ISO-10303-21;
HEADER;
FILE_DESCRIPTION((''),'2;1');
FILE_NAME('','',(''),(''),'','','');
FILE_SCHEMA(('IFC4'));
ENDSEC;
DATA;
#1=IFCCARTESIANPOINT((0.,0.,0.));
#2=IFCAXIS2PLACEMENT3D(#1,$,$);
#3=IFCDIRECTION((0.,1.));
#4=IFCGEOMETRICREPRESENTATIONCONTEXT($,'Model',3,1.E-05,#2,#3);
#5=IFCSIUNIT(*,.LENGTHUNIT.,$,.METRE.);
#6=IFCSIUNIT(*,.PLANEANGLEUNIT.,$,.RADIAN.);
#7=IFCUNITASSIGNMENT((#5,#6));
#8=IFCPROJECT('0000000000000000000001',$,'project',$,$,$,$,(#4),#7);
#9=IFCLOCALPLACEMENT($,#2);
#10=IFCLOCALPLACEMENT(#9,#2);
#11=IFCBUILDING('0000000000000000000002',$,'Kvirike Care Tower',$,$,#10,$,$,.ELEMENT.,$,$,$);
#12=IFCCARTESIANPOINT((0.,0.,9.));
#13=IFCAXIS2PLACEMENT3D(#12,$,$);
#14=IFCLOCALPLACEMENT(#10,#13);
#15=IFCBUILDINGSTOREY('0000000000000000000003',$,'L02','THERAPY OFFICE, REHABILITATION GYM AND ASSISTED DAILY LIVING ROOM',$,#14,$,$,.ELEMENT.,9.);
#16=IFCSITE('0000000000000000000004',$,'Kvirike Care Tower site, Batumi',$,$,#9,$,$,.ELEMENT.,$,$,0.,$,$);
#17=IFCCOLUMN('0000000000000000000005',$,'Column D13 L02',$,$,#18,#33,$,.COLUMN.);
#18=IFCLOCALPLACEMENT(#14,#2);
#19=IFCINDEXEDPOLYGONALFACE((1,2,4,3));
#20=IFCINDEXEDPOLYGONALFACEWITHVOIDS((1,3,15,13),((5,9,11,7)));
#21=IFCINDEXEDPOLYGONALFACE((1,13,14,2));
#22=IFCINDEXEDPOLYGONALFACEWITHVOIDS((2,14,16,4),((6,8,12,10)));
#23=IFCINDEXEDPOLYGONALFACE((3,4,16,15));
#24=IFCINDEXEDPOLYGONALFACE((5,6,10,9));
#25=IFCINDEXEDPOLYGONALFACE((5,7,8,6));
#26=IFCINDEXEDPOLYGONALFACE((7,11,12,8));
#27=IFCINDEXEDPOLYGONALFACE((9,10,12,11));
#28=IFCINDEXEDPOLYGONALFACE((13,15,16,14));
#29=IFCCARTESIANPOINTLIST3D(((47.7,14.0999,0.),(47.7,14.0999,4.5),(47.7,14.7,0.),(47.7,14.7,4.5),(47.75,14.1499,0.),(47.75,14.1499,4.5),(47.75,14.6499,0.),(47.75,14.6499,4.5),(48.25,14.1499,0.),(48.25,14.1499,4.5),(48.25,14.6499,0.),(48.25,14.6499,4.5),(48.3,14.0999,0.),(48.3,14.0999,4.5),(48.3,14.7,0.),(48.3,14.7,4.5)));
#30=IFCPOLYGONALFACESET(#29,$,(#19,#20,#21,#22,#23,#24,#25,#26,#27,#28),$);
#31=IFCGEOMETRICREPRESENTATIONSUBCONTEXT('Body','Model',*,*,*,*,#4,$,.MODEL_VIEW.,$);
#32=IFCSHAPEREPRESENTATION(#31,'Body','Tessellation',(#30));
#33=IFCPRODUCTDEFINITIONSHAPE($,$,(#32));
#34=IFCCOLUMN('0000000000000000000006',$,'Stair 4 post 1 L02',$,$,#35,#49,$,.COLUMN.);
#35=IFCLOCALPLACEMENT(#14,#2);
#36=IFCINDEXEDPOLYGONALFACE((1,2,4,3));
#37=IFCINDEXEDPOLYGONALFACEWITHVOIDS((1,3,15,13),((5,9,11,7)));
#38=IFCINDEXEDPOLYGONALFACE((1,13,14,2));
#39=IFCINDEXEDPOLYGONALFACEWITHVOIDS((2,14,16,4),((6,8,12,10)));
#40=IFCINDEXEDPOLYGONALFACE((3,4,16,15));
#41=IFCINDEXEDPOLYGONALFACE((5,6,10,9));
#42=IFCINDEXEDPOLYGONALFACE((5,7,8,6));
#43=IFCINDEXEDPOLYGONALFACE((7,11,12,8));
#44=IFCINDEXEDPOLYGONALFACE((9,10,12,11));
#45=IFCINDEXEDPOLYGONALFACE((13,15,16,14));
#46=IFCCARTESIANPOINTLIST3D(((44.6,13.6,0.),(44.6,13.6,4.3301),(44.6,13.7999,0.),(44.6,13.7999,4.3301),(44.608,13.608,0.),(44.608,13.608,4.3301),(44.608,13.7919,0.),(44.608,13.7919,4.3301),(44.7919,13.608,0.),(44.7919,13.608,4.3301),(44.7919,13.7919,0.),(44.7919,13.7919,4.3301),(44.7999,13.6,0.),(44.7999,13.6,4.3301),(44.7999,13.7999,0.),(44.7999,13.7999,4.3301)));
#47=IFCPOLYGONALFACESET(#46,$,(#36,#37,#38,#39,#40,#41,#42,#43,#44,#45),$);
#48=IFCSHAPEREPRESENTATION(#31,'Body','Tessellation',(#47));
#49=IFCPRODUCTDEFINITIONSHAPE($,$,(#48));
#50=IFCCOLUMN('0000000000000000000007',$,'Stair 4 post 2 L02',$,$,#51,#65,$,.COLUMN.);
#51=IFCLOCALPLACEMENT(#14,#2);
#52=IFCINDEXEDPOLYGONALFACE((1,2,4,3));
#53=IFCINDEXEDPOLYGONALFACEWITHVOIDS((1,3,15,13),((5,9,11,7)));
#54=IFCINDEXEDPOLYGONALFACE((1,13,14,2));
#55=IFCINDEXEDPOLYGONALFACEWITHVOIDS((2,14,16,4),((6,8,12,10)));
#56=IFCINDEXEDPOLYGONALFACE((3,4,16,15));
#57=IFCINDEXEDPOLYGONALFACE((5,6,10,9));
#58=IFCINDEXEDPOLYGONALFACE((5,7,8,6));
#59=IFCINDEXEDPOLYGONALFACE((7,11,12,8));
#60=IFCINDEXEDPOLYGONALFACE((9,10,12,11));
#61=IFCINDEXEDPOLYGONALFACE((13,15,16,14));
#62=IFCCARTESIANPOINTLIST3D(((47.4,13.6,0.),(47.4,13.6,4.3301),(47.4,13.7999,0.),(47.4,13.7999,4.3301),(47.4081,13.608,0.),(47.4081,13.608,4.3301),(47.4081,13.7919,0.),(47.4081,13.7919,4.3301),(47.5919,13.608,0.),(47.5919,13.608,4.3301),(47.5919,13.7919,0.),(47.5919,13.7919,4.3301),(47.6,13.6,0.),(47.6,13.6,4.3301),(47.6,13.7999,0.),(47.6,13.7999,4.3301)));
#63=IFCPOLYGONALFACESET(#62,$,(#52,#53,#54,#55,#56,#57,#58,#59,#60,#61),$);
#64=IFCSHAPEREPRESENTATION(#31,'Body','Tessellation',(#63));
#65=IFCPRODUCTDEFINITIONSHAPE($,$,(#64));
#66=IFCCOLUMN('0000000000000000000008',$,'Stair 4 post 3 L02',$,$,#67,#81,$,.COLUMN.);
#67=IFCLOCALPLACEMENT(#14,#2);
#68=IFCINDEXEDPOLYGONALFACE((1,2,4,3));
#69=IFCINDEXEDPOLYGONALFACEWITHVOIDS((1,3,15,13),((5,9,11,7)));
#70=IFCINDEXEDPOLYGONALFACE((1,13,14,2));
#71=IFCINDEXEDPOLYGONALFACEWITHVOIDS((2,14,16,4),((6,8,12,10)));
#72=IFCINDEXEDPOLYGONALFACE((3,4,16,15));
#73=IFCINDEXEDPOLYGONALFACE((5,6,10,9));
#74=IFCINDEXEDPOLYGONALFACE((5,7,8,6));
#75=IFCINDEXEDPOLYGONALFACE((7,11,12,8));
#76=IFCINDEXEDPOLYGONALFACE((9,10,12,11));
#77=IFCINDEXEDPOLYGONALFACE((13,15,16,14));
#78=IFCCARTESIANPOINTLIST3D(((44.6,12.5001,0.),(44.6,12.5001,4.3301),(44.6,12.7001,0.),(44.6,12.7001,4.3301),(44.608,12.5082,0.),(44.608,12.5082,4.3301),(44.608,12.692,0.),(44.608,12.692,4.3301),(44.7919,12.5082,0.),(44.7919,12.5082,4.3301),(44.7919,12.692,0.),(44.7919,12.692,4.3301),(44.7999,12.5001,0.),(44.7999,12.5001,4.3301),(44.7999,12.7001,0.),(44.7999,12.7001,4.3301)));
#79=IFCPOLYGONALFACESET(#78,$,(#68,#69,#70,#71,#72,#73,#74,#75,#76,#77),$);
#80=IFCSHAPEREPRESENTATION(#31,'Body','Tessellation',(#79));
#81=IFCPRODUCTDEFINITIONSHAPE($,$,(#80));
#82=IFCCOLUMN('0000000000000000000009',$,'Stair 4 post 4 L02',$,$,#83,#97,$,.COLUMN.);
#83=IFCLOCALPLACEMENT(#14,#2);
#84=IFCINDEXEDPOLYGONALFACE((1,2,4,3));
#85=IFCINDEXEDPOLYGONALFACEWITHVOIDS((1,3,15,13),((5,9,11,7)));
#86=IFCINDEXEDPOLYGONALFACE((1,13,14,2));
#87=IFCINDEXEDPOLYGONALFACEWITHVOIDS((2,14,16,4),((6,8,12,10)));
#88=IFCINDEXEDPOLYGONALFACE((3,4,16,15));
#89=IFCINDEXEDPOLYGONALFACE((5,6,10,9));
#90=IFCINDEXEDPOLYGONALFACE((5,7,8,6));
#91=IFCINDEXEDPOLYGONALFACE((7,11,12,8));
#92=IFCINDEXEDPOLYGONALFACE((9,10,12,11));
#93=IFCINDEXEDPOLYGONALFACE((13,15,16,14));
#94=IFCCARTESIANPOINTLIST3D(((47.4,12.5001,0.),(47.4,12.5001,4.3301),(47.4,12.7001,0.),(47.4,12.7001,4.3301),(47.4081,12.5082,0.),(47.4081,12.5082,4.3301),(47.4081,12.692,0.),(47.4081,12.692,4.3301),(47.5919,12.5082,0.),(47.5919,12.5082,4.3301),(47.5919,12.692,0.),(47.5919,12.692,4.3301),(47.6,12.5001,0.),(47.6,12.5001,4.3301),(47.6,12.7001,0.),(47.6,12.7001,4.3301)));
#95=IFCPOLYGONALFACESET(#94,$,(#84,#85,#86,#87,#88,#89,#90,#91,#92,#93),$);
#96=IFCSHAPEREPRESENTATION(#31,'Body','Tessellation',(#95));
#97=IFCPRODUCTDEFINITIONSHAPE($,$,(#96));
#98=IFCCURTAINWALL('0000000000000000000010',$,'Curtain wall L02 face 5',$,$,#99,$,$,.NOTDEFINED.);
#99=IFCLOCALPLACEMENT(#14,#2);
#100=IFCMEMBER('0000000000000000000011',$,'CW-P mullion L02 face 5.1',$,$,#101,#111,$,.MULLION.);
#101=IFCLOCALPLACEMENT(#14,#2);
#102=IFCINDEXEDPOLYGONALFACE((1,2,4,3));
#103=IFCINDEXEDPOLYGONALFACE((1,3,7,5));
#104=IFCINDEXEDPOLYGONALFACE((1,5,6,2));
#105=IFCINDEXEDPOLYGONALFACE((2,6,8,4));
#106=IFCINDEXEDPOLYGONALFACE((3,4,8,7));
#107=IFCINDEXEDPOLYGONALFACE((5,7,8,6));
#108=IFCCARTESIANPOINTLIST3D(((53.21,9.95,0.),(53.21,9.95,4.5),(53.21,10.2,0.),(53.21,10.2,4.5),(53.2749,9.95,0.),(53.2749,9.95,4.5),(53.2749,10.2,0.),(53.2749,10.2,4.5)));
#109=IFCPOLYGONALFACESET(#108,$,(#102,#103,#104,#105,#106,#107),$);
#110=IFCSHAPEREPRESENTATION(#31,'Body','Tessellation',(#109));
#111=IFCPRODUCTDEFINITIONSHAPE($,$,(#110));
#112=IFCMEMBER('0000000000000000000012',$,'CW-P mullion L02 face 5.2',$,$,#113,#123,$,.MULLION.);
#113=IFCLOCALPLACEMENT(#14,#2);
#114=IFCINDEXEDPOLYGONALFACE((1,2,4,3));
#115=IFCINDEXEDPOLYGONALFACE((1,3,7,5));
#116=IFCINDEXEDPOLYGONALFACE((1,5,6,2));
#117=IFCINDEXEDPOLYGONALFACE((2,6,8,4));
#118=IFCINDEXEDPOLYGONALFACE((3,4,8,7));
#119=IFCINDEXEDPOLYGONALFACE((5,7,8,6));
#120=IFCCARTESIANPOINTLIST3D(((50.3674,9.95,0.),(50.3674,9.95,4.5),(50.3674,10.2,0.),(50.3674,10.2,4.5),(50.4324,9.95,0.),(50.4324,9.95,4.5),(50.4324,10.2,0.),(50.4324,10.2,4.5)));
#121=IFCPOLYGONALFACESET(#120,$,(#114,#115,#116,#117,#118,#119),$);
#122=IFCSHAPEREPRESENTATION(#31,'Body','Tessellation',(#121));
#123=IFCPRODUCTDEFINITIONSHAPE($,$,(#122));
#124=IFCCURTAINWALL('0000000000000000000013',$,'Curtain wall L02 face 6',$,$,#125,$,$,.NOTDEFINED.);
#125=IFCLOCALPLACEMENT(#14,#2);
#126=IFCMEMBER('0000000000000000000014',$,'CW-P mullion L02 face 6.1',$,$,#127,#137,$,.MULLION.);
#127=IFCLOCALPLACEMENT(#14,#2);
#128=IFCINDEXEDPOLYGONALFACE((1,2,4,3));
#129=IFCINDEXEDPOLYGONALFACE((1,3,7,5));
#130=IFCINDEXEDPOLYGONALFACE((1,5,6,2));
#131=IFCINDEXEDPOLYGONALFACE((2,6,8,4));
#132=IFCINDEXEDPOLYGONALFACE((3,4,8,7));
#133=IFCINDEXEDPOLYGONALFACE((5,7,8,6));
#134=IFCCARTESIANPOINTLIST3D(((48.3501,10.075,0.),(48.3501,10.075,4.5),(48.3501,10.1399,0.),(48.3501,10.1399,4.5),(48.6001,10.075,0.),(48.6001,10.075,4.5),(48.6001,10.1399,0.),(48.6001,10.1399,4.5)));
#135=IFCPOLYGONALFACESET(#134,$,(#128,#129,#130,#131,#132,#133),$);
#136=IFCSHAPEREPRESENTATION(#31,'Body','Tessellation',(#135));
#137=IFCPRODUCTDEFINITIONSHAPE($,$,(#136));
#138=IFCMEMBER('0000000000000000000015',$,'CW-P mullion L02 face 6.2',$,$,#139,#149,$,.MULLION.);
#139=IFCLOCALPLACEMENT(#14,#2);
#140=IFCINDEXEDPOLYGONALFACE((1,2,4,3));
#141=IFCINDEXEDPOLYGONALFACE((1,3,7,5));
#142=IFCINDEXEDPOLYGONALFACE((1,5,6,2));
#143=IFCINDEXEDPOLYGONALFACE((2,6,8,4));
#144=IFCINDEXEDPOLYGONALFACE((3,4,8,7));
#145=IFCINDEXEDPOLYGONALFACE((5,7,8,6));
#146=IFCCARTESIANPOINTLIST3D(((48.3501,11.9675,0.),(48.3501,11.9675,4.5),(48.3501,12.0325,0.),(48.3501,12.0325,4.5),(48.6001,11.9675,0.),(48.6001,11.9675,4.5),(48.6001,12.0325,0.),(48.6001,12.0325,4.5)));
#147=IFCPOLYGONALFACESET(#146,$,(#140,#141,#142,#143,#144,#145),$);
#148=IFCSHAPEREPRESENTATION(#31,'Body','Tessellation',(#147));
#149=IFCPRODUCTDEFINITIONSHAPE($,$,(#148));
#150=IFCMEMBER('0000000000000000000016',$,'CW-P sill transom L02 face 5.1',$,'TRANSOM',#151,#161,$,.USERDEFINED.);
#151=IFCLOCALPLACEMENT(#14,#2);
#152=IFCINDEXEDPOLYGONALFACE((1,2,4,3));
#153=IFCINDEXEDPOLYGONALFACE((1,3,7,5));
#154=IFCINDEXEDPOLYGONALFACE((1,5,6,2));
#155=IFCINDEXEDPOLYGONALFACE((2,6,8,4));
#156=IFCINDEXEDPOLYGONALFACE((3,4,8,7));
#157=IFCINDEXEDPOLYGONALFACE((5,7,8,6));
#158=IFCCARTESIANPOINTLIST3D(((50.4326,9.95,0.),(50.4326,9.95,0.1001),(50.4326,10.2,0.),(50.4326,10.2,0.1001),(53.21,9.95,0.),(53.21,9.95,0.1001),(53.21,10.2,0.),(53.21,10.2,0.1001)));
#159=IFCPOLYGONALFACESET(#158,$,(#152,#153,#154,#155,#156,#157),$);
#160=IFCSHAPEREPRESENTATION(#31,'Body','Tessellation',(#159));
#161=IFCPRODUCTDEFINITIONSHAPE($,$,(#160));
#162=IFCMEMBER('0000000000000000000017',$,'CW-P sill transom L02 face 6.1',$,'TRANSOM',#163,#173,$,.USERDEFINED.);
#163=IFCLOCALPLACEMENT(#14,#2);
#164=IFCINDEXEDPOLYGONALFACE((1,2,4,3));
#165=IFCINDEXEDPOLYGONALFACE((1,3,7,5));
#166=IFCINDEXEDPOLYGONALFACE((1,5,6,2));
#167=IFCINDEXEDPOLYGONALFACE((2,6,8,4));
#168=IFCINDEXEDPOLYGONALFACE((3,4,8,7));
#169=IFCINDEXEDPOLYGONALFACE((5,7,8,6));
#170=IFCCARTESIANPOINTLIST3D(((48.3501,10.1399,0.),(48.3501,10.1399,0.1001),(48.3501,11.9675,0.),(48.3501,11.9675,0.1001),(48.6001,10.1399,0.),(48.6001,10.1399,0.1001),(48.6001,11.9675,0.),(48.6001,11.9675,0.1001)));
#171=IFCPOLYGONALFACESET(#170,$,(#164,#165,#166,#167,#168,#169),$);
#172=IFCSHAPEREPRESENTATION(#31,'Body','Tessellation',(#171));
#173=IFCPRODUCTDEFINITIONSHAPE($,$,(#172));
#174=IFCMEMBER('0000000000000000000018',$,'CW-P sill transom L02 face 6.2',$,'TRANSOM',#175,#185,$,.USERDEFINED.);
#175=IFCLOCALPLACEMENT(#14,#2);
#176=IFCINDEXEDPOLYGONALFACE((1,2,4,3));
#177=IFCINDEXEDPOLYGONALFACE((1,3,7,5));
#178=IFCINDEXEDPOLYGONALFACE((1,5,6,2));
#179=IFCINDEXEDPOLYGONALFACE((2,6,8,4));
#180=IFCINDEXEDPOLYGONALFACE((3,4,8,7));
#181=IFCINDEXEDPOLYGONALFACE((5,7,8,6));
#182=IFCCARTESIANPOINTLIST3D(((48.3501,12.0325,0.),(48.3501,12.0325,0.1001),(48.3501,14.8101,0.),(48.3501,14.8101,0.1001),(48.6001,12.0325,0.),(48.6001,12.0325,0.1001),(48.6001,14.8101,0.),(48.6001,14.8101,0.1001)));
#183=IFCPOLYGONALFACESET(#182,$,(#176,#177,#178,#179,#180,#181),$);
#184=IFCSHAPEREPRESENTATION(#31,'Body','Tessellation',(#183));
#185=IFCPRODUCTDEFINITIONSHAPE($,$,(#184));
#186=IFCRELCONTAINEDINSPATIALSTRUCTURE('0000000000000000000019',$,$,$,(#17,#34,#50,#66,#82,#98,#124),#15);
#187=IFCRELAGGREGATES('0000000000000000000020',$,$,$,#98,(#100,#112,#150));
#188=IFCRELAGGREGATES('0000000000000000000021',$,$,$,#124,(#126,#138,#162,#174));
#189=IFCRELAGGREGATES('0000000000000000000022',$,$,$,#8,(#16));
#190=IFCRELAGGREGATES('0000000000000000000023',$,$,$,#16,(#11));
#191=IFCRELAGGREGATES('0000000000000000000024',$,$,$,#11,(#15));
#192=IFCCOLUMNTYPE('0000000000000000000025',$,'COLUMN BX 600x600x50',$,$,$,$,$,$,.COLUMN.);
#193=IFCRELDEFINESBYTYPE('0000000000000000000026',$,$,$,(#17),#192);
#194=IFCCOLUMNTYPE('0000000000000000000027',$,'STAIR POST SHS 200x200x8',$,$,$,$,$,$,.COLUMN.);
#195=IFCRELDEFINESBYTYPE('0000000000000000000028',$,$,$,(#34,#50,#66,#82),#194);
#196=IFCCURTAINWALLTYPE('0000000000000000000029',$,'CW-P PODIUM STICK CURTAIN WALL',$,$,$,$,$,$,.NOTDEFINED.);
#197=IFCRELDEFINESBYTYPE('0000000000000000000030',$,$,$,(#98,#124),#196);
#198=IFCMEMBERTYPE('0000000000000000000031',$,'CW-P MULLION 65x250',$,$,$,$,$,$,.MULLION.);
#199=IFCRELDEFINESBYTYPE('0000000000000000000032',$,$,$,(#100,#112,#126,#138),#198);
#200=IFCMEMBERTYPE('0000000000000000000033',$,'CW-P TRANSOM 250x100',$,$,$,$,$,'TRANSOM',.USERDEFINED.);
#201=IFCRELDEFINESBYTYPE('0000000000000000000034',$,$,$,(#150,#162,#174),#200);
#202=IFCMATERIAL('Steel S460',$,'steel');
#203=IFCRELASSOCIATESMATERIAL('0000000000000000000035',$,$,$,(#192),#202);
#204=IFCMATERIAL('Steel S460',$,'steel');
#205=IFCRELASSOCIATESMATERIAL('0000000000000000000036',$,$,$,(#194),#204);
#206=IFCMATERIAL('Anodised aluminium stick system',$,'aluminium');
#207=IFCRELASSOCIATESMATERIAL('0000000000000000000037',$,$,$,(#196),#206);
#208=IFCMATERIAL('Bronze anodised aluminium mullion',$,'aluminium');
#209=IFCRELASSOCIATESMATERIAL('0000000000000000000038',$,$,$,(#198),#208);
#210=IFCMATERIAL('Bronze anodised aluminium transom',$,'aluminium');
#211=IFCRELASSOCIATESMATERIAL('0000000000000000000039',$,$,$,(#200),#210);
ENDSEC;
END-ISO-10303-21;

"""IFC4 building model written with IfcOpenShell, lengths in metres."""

from ifc_helpers import new_model, si_unit, direction, frame, origin, origin_2d, place, context, subcontext, project, spatial, rectangle, hollow_rectangle, extrude, material, material_profile, profile_set, type_object, element, aggregate, save


model = new_model("IFC4")

# Units and contexts
model_context = context("Model", 3, precision=1e-05, world=origin(), true_north=direction((0.0, 1.0)))
body_context = subcontext(model_context, "Body", "Model", "MODEL_VIEW")
ifc_project = project(units=[si_unit("LENGTHUNIT", "METRE"), si_unit("PLANEANGLEUNIT", "RADIAN")], contexts=[model_context])

# Site, building, storey
site_placement = place(None, origin())
site = spatial("IfcSite", under=ifc_project, at=site_placement, Name="Kvirike Care Tower site, Batumi", CompositionType="ELEMENT", RefElevation=0.0)
building_placement = place(site_placement, origin())
building = spatial("IfcBuilding", under=site, at=building_placement, Name="Kvirike Care Tower", CompositionType="ELEMENT")
storey_placement = place(building_placement, frame((0.0, 0.0, 9.0)))
storey = spatial("IfcBuildingStorey", under=building, at=storey_placement, Name="L02", Description="THERAPY OFFICE, REHABILITATION GYM AND ASSISTED DAILY LIVING ROOM", CompositionType="ELEMENT", Elevation=9.0)

# Columns
ifc_material_1 = material(Name="Steel S460", Category="steel")
ifc_material_profile_1 = material_profile(ifc_material_1, hollow_rectangle(XDim=0.6001, YDim=0.6001, WallThickness=0.05, at=origin_2d()), Name="BX 600x600x50")
ifc_profile_set_1 = profile_set([ifc_material_profile_1], Name="Steel S460")
column_type_1 = type_object("IfcColumnType", Name="COLUMN BX 600x600x50", PredefinedType="COLUMN", material=ifc_profile_set_1)
column_placement = place(storey_placement, frame((48.0, 14.3999, 0.0), z_axis=(0.0, 0.0, 1.0), x_axis=(0.0, 1.0, 0.0)))
element("IfcColumn", 1, at=column_placement, inside=storey, type_object=column_type_1, Name="Column D13 L02", PredefinedType="COLUMN", context=body_context, shape_type="SweptSolid", body=[
    extrude(hollow_rectangle(XDim=0.6001, YDim=0.6001, WallThickness=0.05, at=origin_2d()), origin(), (0.0, 0.0, 1.0), 4.5),
])
ifc_material_2 = material(Name="Steel S460", Category="steel")
ifc_material_profile_2 = material_profile(ifc_material_2, hollow_rectangle(XDim=0.2, YDim=0.2, WallThickness=0.0081, at=origin_2d()), Name="SHS 200x200x8")
ifc_profile_set_2 = profile_set([ifc_material_profile_2], Name="Steel S460")
column_type_2 = type_object("IfcColumnType", Name="STAIR POST SHS 200x200x8", PredefinedType="COLUMN", material=ifc_profile_set_2)
for number, where, z_axis, x_axis, name in (
    (2, (44.7, 13.7, 0.0), (0.0, 0.0, 1.0), (1.0, 0.0, 0.0), "Stair 4 post 1 L02"),
    (3, (47.5, 13.7, 0.0), (0.0, 0.0, 1.0), (1.0, 0.0, 0.0), "Stair 4 post 2 L02"),
    (4, (44.7, 12.6001, 0.0), (0.0, 0.0, 1.0), (1.0, 0.0, 0.0), "Stair 4 post 3 L02"),
    (5, (47.5, 12.6001, 0.0), (0.0, 0.0, 1.0), (1.0, 0.0, 0.0), "Stair 4 post 4 L02"),
):
    element("IfcColumn", number, at=place(storey_placement, frame(where, z_axis=z_axis, x_axis=x_axis)), inside=storey, type_object=column_type_2, Name=name, PredefinedType="COLUMN", context=body_context, shape_type="SweptSolid", body=[
        extrude(hollow_rectangle(XDim=0.2, YDim=0.2, WallThickness=0.0081, at=origin_2d()), origin(), (0.0, 0.0, 1.0), 4.3301),
    ])

# Curtain walls, members
ifc_material_3 = material(Name="Anodised aluminium stick system", Category="aluminium")
curtain_wall_type = type_object("IfcCurtainWallType", Name="CW-P PODIUM STICK CURTAIN WALL", PredefinedType="NOTDEFINED", material=ifc_material_3)
curtain_wall_1_placement = place(storey_placement, origin())
curtain_wall_1 = element("IfcCurtainWall", 6, at=curtain_wall_1_placement, inside=storey, type_object=curtain_wall_type, Name="Curtain wall L02 face 5", PredefinedType="NOTDEFINED")
ifc_material_4 = material(Name="Bronze anodised aluminium mullion", Category="aluminium")
ifc_material_profile_3 = material_profile(ifc_material_4, rectangle(XDim=0.0649, YDim=0.25, at=origin_2d()), Name="CW-P MULLION 65x250")
ifc_profile_set_3 = profile_set([ifc_material_profile_3], Name="Bronze anodised aluminium mullion")
member_type_1 = type_object("IfcMemberType", Name="CW-P MULLION 65x250", PredefinedType="MULLION", material=ifc_profile_set_3)
member_1_placement = place(storey_placement, frame((53.2424, 10.075, 0.0), z_axis=(0.0, 0.0, 1.0), x_axis=(-1.0, 0.0, 0.0)))
member_1 = element("IfcMember", 7, at=member_1_placement, type_object=member_type_1, Name="CW-P mullion L02 face 5.1", PredefinedType="MULLION", context=body_context, shape_type="SweptSolid", body=[
    extrude(rectangle(XDim=0.0649, YDim=0.25, at=origin_2d()), origin(), (0.0, 0.0, 1.0), 4.5),
])
member_2_placement = place(storey_placement, frame((50.3999, 10.075, 0.0), z_axis=(0.0, 0.0, 1.0), x_axis=(-1.0, 0.0, 0.0)))
member_2 = element("IfcMember", 8, at=member_2_placement, type_object=member_type_1, Name="CW-P mullion L02 face 5.2", PredefinedType="MULLION", context=body_context, shape_type="SweptSolid", body=[
    extrude(rectangle(XDim=0.0649, YDim=0.25, at=origin_2d()), origin(), (0.0, 0.0, 1.0), 4.5),
])
curtain_wall_2_placement = place(storey_placement, origin())
curtain_wall_2 = element("IfcCurtainWall", 9, at=curtain_wall_2_placement, inside=storey, type_object=curtain_wall_type, Name="Curtain wall L02 face 6", PredefinedType="NOTDEFINED")
member_3_placement = place(storey_placement, frame((48.4751, 10.1074, 0.0), z_axis=(0.0, 0.0, 1.0), x_axis=(0.0, 1.0, 0.0)))
member_3 = element("IfcMember", 10, at=member_3_placement, type_object=member_type_1, Name="CW-P mullion L02 face 6.1", PredefinedType="MULLION", context=body_context, shape_type="SweptSolid", body=[
    extrude(rectangle(XDim=0.0649, YDim=0.25, at=origin_2d()), origin(), (0.0, 0.0, 1.0), 4.5),
])
member_4_placement = place(storey_placement, frame((48.4751, 12.0, 0.0), z_axis=(0.0, 0.0, 1.0), x_axis=(0.0, 1.0, 0.0)))
member_4 = element("IfcMember", 11, at=member_4_placement, type_object=member_type_1, Name="CW-P mullion L02 face 6.2", PredefinedType="MULLION", context=body_context, shape_type="SweptSolid", body=[
    extrude(rectangle(XDim=0.0649, YDim=0.25, at=origin_2d()), origin(), (0.0, 0.0, 1.0), 4.5),
])

# Members
ifc_material_5 = material(Name="Bronze anodised aluminium transom", Category="aluminium")
ifc_material_profile_4 = material_profile(ifc_material_5, rectangle(XDim=0.25, YDim=0.1001, at=origin_2d()), Name="CW-P TRANSOM 250x100")
ifc_profile_set_4 = profile_set([ifc_material_profile_4], Name="Bronze anodised aluminium transom")
member_type_2 = type_object("IfcMemberType", Name="CW-P TRANSOM 250x100", ElementType="TRANSOM", PredefinedType="USERDEFINED", material=ifc_profile_set_4)
member_5_placement = place(storey_placement, frame((53.21, 10.075, 0.05), z_axis=(-1.0, 0.0, 0.0), x_axis=(0.0, -1.0, 0.0)))
member_5 = element("IfcMember", 12, at=member_5_placement, type_object=member_type_2, Name="CW-P sill transom L02 face 5.1", ObjectType="TRANSOM", PredefinedType="USERDEFINED", context=body_context, shape_type="SweptSolid", body=[
    extrude(rectangle(XDim=0.25, YDim=0.1001, at=origin_2d()), origin(), (0.0, 0.0, 1.0), 2.7773),
])
member_6_placement = place(storey_placement, frame((48.4751, 10.1399, 0.05), z_axis=(0.0, 1.0, 0.0), x_axis=(-1.0, 0.0, 0.0)))
member_6 = element("IfcMember", 13, at=member_6_placement, type_object=member_type_2, Name="CW-P sill transom L02 face 6.1", ObjectType="TRANSOM", PredefinedType="USERDEFINED", context=body_context, shape_type="SweptSolid", body=[
    extrude(rectangle(XDim=0.25, YDim=0.1001, at=origin_2d()), origin(), (0.0, 0.0, 1.0), 1.8276),
])
member_7_placement = place(storey_placement, frame((48.4751, 12.0325, 0.05), z_axis=(0.0, 1.0, 0.0), x_axis=(-1.0, 0.0, 0.0)))
member_7 = element("IfcMember", 14, at=member_7_placement, type_object=member_type_2, Name="CW-P sill transom L02 face 6.2", ObjectType="TRANSOM", PredefinedType="USERDEFINED", context=body_context, shape_type="SweptSolid", body=[
    extrude(rectangle(XDim=0.25, YDim=0.1001, at=origin_2d()), origin(), (0.0, 0.0, 1.0), 2.7776),
])

aggregate(curtain_wall_1, [member_1, member_2, member_5])
aggregate(curtain_wall_2, [member_3, member_4, member_6, member_7])

save(model, "model.ifc")
